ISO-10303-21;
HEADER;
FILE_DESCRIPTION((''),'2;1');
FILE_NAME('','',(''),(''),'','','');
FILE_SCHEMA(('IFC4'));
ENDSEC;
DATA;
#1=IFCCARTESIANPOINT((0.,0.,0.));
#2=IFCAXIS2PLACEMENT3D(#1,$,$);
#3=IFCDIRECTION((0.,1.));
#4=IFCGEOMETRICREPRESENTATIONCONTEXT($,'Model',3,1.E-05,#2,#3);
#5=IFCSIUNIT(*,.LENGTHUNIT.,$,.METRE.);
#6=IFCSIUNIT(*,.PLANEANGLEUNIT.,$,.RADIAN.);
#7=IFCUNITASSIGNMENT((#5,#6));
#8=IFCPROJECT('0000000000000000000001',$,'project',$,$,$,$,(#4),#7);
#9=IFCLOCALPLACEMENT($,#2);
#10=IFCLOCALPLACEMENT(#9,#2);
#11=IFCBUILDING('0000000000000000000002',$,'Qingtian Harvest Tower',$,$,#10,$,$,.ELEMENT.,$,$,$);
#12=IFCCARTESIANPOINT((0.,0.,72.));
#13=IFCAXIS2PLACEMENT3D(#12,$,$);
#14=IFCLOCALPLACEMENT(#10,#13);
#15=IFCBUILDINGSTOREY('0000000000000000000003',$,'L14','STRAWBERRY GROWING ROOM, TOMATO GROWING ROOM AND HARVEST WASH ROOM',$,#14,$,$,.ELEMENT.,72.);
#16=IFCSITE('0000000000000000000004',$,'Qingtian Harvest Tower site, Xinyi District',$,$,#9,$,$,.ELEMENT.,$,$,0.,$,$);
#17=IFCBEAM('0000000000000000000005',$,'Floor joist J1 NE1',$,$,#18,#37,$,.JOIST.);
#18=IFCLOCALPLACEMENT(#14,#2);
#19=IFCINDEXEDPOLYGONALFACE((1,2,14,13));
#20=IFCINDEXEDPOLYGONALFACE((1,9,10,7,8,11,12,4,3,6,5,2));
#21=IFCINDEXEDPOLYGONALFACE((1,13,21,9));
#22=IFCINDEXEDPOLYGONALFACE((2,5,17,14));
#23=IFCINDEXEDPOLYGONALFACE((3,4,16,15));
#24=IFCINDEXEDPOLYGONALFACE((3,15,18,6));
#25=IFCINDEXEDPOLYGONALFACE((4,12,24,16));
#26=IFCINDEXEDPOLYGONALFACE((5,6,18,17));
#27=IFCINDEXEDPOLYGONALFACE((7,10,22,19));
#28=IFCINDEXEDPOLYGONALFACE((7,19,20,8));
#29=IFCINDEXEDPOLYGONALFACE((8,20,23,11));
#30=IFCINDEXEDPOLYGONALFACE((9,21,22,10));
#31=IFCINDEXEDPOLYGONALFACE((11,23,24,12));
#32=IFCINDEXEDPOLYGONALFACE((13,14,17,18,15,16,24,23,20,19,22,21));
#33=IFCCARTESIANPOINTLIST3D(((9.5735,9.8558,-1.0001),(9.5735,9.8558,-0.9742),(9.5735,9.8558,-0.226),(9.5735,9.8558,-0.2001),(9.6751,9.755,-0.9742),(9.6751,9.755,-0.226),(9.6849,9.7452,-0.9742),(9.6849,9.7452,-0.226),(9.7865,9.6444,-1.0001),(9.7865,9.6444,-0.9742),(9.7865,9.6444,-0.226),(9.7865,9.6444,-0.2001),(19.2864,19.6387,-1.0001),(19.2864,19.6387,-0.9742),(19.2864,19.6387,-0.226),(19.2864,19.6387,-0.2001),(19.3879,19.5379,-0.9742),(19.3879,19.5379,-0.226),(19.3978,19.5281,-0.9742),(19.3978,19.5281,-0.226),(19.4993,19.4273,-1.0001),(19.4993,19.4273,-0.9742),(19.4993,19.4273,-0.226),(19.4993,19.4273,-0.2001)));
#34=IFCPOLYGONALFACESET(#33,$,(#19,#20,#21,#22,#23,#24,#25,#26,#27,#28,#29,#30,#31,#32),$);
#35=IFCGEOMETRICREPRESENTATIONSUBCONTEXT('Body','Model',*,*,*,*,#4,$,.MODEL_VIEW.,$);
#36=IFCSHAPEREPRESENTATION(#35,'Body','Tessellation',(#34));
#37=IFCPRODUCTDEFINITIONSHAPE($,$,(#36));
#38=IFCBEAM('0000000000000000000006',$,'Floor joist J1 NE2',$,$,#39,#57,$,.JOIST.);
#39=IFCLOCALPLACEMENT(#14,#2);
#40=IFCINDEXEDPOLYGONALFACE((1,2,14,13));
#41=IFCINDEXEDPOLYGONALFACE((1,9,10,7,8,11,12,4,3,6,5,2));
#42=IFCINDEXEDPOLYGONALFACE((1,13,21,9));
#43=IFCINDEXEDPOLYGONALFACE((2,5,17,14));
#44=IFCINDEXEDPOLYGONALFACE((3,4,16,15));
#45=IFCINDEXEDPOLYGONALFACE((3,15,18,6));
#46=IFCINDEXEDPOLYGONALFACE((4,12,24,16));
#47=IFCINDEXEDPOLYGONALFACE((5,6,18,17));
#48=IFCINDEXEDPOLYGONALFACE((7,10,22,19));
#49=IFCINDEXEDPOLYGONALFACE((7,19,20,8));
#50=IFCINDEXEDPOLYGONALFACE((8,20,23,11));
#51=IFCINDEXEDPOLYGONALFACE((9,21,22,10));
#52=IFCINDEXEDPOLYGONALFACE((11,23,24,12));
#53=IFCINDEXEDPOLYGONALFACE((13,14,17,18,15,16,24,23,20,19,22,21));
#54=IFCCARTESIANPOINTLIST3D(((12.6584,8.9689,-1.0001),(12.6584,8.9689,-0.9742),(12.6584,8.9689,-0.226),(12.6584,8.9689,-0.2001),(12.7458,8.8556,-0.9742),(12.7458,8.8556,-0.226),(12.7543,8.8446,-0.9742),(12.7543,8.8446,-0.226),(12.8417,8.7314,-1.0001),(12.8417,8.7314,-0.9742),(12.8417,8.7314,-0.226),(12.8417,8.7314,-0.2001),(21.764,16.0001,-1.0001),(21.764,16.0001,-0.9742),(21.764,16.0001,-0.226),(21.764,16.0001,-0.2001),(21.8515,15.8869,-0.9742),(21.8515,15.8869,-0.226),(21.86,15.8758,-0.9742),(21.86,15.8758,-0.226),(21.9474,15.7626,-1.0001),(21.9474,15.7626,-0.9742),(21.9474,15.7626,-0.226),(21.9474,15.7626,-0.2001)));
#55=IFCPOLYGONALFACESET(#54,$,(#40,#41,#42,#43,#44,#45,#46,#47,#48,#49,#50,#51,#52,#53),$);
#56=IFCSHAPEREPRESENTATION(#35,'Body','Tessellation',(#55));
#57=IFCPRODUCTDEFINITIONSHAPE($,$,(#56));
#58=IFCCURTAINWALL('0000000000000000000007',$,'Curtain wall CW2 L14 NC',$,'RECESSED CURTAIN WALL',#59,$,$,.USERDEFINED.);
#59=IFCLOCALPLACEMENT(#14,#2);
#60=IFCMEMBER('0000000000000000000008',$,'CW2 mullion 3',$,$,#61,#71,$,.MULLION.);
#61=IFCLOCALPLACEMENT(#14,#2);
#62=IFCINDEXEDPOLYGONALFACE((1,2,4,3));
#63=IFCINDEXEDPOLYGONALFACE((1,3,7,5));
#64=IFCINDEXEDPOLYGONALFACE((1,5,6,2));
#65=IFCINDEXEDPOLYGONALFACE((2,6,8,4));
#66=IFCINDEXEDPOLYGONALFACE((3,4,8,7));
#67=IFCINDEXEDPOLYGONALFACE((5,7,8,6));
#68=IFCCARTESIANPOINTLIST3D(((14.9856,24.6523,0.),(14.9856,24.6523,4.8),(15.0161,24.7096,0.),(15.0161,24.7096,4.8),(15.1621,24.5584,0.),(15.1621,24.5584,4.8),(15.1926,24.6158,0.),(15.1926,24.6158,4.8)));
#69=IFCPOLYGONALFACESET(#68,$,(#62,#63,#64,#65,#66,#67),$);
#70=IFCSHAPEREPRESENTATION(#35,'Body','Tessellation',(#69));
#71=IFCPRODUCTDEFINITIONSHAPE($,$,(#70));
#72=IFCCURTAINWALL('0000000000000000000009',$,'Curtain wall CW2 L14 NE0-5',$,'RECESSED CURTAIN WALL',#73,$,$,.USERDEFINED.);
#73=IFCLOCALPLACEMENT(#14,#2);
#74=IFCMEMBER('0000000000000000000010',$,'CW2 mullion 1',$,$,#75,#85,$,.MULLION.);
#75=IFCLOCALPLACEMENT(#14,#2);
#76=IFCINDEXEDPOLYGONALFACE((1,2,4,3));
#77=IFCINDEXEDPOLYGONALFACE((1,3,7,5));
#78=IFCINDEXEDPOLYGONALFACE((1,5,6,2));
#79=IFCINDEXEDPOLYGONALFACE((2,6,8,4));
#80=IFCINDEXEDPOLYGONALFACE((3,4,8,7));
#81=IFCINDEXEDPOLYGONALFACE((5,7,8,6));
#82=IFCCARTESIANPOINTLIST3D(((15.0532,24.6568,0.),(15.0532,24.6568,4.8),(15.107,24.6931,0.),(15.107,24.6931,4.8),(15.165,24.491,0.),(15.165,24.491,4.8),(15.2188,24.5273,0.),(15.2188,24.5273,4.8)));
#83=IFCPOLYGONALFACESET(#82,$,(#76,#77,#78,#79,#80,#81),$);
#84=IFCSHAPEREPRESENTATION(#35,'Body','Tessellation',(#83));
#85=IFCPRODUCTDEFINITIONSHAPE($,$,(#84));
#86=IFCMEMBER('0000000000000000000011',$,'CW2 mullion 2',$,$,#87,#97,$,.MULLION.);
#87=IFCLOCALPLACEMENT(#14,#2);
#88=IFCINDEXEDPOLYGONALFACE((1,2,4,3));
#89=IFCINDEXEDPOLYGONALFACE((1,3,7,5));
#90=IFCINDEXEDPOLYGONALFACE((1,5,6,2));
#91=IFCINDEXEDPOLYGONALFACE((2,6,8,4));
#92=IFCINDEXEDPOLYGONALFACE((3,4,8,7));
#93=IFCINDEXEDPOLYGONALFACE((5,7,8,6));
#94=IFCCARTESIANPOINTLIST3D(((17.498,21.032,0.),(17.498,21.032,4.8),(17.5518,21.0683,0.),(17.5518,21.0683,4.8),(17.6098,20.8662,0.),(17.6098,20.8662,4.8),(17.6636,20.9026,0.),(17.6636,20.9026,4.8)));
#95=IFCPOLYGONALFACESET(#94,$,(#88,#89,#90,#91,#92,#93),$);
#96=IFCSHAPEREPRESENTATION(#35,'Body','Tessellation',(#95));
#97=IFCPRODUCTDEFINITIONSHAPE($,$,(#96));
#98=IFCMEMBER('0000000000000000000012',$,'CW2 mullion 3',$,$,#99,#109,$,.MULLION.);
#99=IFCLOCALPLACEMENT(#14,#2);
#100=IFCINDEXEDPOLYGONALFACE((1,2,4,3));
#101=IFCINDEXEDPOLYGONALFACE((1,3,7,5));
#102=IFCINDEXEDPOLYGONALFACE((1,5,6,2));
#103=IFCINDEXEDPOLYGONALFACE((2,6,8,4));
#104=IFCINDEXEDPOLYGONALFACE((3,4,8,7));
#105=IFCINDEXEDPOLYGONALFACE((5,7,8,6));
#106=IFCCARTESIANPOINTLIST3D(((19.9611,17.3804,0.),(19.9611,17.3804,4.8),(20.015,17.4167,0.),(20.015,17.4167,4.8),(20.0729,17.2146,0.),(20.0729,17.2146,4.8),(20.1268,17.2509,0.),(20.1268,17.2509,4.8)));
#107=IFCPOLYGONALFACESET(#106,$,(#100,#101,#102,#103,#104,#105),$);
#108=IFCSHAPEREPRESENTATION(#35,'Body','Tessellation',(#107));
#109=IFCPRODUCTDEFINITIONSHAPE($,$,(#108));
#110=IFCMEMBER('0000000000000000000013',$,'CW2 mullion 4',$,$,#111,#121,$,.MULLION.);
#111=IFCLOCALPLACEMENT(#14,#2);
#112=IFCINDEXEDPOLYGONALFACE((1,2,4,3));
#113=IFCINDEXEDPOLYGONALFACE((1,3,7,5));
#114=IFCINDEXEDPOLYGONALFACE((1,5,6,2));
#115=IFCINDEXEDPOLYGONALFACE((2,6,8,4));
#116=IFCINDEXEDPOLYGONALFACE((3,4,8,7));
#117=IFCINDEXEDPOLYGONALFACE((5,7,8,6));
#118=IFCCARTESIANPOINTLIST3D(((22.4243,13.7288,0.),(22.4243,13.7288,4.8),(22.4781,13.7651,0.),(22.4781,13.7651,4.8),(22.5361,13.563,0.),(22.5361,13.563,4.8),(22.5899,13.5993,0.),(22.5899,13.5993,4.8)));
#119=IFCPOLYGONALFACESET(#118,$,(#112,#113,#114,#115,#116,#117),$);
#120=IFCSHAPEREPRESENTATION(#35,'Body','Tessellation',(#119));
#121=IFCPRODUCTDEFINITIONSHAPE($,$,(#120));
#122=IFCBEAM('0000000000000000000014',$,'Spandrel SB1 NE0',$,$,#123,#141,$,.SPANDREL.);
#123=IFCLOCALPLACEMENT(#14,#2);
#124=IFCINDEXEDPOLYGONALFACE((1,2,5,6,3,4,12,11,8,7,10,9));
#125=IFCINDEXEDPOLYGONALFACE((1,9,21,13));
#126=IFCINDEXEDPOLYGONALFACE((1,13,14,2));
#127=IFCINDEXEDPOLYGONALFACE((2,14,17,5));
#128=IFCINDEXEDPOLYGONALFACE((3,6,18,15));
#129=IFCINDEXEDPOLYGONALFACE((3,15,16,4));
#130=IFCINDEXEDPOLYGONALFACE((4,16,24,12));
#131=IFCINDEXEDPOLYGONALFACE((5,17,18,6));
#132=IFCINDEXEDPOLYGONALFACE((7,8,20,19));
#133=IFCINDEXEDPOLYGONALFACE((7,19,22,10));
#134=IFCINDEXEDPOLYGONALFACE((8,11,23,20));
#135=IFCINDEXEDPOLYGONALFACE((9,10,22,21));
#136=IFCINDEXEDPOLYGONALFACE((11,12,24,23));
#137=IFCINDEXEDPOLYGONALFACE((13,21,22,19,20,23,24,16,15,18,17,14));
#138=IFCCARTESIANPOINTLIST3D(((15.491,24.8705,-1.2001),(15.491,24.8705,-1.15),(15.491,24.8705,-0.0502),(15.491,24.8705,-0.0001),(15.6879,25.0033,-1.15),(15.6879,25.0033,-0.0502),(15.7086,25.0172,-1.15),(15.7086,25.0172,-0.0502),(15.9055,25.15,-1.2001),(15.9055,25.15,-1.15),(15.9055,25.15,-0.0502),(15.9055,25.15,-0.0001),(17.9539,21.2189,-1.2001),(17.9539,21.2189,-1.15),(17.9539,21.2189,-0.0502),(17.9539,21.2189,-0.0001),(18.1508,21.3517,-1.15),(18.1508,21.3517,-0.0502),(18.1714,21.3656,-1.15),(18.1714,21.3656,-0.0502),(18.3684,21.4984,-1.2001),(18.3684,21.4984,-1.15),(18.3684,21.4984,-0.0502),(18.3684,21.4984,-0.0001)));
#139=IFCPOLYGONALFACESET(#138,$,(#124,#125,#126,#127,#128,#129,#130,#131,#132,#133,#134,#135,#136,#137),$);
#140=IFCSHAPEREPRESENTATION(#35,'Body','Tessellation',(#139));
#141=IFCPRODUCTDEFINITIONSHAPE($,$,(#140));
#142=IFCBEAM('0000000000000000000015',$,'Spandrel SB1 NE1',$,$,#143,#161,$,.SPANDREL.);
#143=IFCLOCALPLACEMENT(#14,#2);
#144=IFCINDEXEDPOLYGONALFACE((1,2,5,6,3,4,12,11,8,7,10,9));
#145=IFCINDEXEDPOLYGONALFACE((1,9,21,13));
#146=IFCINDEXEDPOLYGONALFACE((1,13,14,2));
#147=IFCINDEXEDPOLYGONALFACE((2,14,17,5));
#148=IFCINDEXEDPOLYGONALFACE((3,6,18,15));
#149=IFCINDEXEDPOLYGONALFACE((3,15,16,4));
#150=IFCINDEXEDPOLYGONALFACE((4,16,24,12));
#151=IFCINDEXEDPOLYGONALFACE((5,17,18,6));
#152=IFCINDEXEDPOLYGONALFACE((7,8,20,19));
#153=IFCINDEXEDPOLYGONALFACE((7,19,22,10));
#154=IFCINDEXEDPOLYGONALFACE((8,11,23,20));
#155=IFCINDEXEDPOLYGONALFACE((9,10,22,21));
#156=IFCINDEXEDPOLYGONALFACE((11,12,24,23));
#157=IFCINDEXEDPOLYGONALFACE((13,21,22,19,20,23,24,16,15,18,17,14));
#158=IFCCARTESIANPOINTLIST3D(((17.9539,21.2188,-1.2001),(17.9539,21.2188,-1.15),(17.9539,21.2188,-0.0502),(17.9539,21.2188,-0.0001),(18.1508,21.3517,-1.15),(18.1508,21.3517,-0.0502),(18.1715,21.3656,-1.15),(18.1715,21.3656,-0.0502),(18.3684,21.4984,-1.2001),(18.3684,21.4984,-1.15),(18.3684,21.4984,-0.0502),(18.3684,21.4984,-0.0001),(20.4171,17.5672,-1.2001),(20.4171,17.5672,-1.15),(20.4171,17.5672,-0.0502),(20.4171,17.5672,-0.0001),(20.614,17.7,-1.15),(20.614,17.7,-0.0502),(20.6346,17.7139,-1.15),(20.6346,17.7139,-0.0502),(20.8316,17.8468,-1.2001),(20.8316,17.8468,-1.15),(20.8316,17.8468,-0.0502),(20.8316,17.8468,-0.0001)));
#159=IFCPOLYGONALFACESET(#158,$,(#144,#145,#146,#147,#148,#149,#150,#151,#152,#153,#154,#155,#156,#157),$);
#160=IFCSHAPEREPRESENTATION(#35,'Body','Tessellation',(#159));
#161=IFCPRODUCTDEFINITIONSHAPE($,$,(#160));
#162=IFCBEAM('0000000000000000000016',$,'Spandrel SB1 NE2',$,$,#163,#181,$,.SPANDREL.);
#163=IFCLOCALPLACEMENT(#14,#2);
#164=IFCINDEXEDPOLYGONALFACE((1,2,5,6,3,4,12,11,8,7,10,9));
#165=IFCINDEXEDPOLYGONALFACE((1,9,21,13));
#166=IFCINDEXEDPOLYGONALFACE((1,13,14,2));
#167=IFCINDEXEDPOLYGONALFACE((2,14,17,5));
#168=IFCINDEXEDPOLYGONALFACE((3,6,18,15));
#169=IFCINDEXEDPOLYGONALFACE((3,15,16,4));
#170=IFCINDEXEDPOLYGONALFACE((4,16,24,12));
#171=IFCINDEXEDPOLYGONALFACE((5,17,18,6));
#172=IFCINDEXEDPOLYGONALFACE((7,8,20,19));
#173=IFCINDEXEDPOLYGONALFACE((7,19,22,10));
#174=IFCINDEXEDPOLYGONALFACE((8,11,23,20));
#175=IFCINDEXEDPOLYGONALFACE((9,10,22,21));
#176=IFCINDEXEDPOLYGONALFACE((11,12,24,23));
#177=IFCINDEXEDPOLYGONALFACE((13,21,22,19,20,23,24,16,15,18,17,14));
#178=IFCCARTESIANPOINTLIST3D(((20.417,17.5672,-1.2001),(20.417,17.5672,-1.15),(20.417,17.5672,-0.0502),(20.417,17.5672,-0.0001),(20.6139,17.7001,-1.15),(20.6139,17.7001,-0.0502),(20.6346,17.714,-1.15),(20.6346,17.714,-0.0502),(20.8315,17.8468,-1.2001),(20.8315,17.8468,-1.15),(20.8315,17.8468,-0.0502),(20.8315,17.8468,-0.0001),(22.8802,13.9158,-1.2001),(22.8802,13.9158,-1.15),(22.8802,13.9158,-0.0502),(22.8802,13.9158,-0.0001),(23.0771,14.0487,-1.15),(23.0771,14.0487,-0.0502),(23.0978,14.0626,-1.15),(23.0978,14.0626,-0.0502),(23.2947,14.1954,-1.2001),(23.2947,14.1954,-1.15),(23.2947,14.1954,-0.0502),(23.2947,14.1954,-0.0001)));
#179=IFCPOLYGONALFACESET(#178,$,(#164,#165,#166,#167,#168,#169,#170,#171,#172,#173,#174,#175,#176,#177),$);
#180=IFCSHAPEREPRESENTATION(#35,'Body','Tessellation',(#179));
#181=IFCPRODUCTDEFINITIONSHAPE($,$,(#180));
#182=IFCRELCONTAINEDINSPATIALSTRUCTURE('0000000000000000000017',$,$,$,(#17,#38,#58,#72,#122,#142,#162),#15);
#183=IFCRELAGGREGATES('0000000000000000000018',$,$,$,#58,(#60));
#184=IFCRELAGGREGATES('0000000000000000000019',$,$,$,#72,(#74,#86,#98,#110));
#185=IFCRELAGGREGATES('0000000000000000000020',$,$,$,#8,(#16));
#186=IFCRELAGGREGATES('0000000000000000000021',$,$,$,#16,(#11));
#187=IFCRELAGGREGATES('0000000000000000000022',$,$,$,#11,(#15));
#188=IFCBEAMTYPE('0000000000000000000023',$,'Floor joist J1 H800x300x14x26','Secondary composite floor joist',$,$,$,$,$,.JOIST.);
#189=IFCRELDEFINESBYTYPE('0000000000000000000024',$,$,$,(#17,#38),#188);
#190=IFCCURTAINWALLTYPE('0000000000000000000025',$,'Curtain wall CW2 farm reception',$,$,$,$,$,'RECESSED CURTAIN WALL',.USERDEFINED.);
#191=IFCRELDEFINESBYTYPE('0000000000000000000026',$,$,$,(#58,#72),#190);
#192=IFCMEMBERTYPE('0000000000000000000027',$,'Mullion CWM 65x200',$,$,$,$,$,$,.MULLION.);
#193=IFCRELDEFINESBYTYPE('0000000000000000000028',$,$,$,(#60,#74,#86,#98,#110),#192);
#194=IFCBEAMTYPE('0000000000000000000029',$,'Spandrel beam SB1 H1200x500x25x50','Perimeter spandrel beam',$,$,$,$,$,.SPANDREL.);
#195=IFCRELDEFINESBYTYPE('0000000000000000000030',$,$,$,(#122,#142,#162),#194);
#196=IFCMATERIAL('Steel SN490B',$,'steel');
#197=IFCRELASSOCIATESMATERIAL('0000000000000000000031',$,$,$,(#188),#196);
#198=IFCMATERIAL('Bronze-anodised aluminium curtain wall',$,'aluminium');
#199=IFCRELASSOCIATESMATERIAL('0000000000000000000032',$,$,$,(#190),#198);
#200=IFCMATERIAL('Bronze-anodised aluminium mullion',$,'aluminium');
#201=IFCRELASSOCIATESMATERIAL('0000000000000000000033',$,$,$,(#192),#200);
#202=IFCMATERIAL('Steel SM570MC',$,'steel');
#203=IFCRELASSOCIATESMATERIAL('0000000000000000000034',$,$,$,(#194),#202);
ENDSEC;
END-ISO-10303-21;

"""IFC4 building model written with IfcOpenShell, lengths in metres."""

from ifc_helpers import new_model, si_unit, direction, frame, origin, origin_2d, place, context, subcontext, project, spatial, rectangle, i_section, extrude, material, material_profile, profile_set, type_object, element, aggregate, save


model = new_model("IFC4")

# Units and contexts
model_context = context("Model", 3, precision=1e-05, world=origin(), true_north=direction((0.0, 1.0)))
body_context = subcontext(model_context, "Body", "Model", "MODEL_VIEW")
ifc_project = project(units=[si_unit("LENGTHUNIT", "METRE"), si_unit("PLANEANGLEUNIT", "RADIAN")], contexts=[model_context])

# Site, building, storey
site_placement = place(None, origin())
site = spatial("IfcSite", under=ifc_project, at=site_placement, Name="Qingtian Harvest Tower site, Xinyi District", CompositionType="ELEMENT", RefElevation=0.0)
building_placement = place(site_placement, origin())
building = spatial("IfcBuilding", under=site, at=building_placement, Name="Qingtian Harvest Tower", CompositionType="ELEMENT")
storey_placement = place(building_placement, frame((0.0, 0.0, 72.0)))
storey = spatial("IfcBuildingStorey", under=building, at=storey_placement, Name="L14", Description="STRAWBERRY GROWING ROOM, TOMATO GROWING ROOM AND HARVEST WASH ROOM", CompositionType="ELEMENT", Elevation=72.0)

# Beams
ifc_material_1 = material(Name="Steel SN490B", Category="steel")
ifc_material_profile_1 = material_profile(ifc_material_1, i_section(OverallWidth=0.3, OverallDepth=0.8, WebThickness=0.0139, FlangeThickness=0.0259, at=origin_2d()), Name="H800x300x14x26")
ifc_profile_set_1 = profile_set([ifc_material_profile_1], Name="Steel SN490B")
beam_type_1 = type_object("IfcBeamType", Name="Floor joist J1 H800x300x14x26", Description="Secondary composite floor joist", PredefinedType="JOIST", material=ifc_profile_set_1)
beam_1_placement = place(storey_placement, frame((19.3928, 19.533, -0.6001), z_axis=(-0.704561, -0.709644, 0.0), x_axis=(0.709644, -0.704561, 0.0)))
element("IfcBeam", 1, at=beam_1_placement, inside=storey, type_object=beam_type_1, Name="Floor joist J1 NE1", PredefinedType="JOIST", context=body_context, shape_type="SweptSolid", body=[
    extrude(i_section(OverallWidth=0.3, OverallDepth=0.8, WebThickness=0.0139, FlangeThickness=0.0259, at=origin_2d()), origin(), (0.0, 0.0, 1.0), 13.7856),
])
beam_2_placement = place(storey_placement, frame((21.8557, 15.8813, -0.6001), z_axis=(-0.791495, -0.611176, 0.0), x_axis=(0.611176, -0.791495, 0.0)))
element("IfcBeam", 2, at=beam_2_placement, inside=storey, type_object=beam_type_1, Name="Floor joist J1 NE2", PredefinedType="JOIST", context=body_context, shape_type="SweptSolid", body=[
    extrude(i_section(OverallWidth=0.3, OverallDepth=0.8, WebThickness=0.0139, FlangeThickness=0.0259, at=origin_2d()), origin(), (0.0, 0.0, 1.0), 11.5044),
])

# Curtain wall, member
ifc_material_2 = material(Name="Bronze-anodised aluminium curtain wall", Category="aluminium")
curtain_wall_type = type_object("IfcCurtainWallType", Name="Curtain wall CW2 farm reception", ElementType="RECESSED CURTAIN WALL", PredefinedType="USERDEFINED", material=ifc_material_2)
curtain_wall_1_placement = place(storey_placement, origin())
curtain_wall_1 = element("IfcCurtainWall", 3, at=curtain_wall_1_placement, inside=storey, type_object=curtain_wall_type, Name="Curtain wall CW2 L14 NC", ObjectType="RECESSED CURTAIN WALL", PredefinedType="USERDEFINED")
ifc_material_3 = material(Name="Bronze-anodised aluminium mullion", Category="aluminium")
ifc_material_profile_2 = material_profile(ifc_material_3, rectangle(XDim=0.0649, YDim=0.2, at=origin_2d()), Name="AL 65x200")
ifc_profile_set_2 = profile_set([ifc_material_profile_2], Name="Bronze-anodised aluminium mullion")
member_type_1 = type_object("IfcMemberType", Name="Mullion CWM 65x200", PredefinedType="MULLION", material=ifc_profile_set_2)
member_1_placement = place(storey_placement, frame((15.0891, 24.634, 0.0), z_axis=(0.0, 0.0, 1.0), x_axis=(0.469472, 0.882948, 0.0)))
member_1 = element("IfcMember", 4, at=member_1_placement, type_object=member_type_1, Name="CW2 mullion 3", PredefinedType="MULLION", context=body_context, shape_type="SweptSolid", body=[
    extrude(rectangle(XDim=0.0649, YDim=0.2, at=origin_2d()), origin(), (0.0, 0.0, 1.0), 4.8),
])

# Curtain wall, members
curtain_wall_2_placement = place(storey_placement, origin())
curtain_wall_2 = element("IfcCurtainWall", 5, at=curtain_wall_2_placement, inside=storey, type_object=curtain_wall_type, Name="Curtain wall CW2 L14 NE0-5", ObjectType="RECESSED CURTAIN WALL", PredefinedType="USERDEFINED")
member_2_placement = place(storey_placement, frame((15.136, 24.592, 0.0), z_axis=(0.0, 0.0, 1.0), x_axis=(0.829038, 0.559193, 0.0)))
member_2 = element("IfcMember", 6, at=member_2_placement, type_object=member_type_1, Name="CW2 mullion 1", PredefinedType="MULLION", context=body_context, shape_type="SweptSolid", body=[
    extrude(rectangle(XDim=0.0649, YDim=0.2, at=origin_2d()), origin(), (0.0, 0.0, 1.0), 4.8),
])
member_3_placement = place(storey_placement, frame((17.5808, 20.9673, 0.0), z_axis=(0.0, 0.0, 1.0), x_axis=(0.829038, 0.559193, 0.0)))
member_3 = element("IfcMember", 7, at=member_3_placement, type_object=member_type_1, Name="CW2 mullion 2", PredefinedType="MULLION", context=body_context, shape_type="SweptSolid", body=[
    extrude(rectangle(XDim=0.0649, YDim=0.2, at=origin_2d()), origin(), (0.0, 0.0, 1.0), 4.8),
])
member_4_placement = place(storey_placement, frame((20.0439, 17.3157, 0.0), z_axis=(0.0, 0.0, 1.0), x_axis=(0.829038, 0.559193, 0.0)))
member_4 = element("IfcMember", 8, at=member_4_placement, type_object=member_type_1, Name="CW2 mullion 3", PredefinedType="MULLION", context=body_context, shape_type="SweptSolid", body=[
    extrude(rectangle(XDim=0.0649, YDim=0.2, at=origin_2d()), origin(), (0.0, 0.0, 1.0), 4.8),
])
member_5_placement = place(storey_placement, frame((22.5071, 13.6641, 0.0), z_axis=(0.0, 0.0, 1.0), x_axis=(0.829038, 0.559193, 0.0)))
member_5 = element("IfcMember", 9, at=member_5_placement, type_object=member_type_1, Name="CW2 mullion 4", PredefinedType="MULLION", context=body_context, shape_type="SweptSolid", body=[
    extrude(rectangle(XDim=0.0649, YDim=0.2, at=origin_2d()), origin(), (0.0, 0.0, 1.0), 4.8),
])

# Beams
ifc_material_4 = material(Name="Steel SM570MC", Category="steel")
ifc_material_profile_3 = material_profile(ifc_material_4, i_section(OverallWidth=0.5, OverallDepth=1.2, WebThickness=0.0249, FlangeThickness=0.05, at=origin_2d()), Name="H1200x500x25x50")
ifc_profile_set_3 = profile_set([ifc_material_profile_3], Name="Steel SM570MC")
beam_type_2 = type_object("IfcBeamType", Name="Spandrel beam SB1 H1200x500x25x50", Description="Perimeter spandrel beam", PredefinedType="SPANDREL", material=ifc_profile_set_3)
beam_3_placement = place(storey_placement, frame((15.6982, 25.0103, -0.6001), z_axis=(0.559169, -0.829054, 0.0), x_axis=(0.829054, 0.559169, 0.0)))
element("IfcBeam", 10, at=beam_3_placement, inside=storey, type_object=beam_type_2, Name="Spandrel SB1 NE0", PredefinedType="SPANDREL", context=body_context, shape_type="SweptSolid", body=[
    extrude(i_section(OverallWidth=0.5, OverallDepth=1.2, WebThickness=0.0249, FlangeThickness=0.05, at=origin_2d()), origin(), (0.0, 0.0, 1.0), 4.4045),
])
beam_4_placement = place(storey_placement, frame((18.1611, 21.3586, -0.6001), z_axis=(0.559207, -0.829028, 0.0), x_axis=(0.829028, 0.559207, 0.0)))
element("IfcBeam", 11, at=beam_4_placement, inside=storey, type_object=beam_type_2, Name="Spandrel SB1 NE1", PredefinedType="SPANDREL", context=body_context, shape_type="SweptSolid", body=[
    extrude(i_section(OverallWidth=0.5, OverallDepth=1.2, WebThickness=0.0249, FlangeThickness=0.05, at=origin_2d()), origin(), (0.0, 0.0, 1.0), 4.4048),
])
for number, where, z_axis, x_axis, name in (
    (12, (20.6243, 17.707, -0.6001), (0.559233, -0.829011, 0.0), (0.829011, 0.559233, 0.0), "Spandrel SB1 NE2"),
):
    element("IfcBeam", number, at=place(storey_placement, frame(where, z_axis=z_axis, x_axis=x_axis)), inside=storey, type_object=beam_type_2, Name=name, PredefinedType="SPANDREL", context=body_context, shape_type="SweptSolid", body=[
        extrude(i_section(OverallWidth=0.5, OverallDepth=1.2, WebThickness=0.0249, FlangeThickness=0.05, at=origin_2d()), origin(), (0.0, 0.0, 1.0), 4.4045),
    ])

aggregate(curtain_wall_1, [member_1])
aggregate(curtain_wall_2, [member_2, member_3, member_4, member_5])

save(model, "model.ifc")
